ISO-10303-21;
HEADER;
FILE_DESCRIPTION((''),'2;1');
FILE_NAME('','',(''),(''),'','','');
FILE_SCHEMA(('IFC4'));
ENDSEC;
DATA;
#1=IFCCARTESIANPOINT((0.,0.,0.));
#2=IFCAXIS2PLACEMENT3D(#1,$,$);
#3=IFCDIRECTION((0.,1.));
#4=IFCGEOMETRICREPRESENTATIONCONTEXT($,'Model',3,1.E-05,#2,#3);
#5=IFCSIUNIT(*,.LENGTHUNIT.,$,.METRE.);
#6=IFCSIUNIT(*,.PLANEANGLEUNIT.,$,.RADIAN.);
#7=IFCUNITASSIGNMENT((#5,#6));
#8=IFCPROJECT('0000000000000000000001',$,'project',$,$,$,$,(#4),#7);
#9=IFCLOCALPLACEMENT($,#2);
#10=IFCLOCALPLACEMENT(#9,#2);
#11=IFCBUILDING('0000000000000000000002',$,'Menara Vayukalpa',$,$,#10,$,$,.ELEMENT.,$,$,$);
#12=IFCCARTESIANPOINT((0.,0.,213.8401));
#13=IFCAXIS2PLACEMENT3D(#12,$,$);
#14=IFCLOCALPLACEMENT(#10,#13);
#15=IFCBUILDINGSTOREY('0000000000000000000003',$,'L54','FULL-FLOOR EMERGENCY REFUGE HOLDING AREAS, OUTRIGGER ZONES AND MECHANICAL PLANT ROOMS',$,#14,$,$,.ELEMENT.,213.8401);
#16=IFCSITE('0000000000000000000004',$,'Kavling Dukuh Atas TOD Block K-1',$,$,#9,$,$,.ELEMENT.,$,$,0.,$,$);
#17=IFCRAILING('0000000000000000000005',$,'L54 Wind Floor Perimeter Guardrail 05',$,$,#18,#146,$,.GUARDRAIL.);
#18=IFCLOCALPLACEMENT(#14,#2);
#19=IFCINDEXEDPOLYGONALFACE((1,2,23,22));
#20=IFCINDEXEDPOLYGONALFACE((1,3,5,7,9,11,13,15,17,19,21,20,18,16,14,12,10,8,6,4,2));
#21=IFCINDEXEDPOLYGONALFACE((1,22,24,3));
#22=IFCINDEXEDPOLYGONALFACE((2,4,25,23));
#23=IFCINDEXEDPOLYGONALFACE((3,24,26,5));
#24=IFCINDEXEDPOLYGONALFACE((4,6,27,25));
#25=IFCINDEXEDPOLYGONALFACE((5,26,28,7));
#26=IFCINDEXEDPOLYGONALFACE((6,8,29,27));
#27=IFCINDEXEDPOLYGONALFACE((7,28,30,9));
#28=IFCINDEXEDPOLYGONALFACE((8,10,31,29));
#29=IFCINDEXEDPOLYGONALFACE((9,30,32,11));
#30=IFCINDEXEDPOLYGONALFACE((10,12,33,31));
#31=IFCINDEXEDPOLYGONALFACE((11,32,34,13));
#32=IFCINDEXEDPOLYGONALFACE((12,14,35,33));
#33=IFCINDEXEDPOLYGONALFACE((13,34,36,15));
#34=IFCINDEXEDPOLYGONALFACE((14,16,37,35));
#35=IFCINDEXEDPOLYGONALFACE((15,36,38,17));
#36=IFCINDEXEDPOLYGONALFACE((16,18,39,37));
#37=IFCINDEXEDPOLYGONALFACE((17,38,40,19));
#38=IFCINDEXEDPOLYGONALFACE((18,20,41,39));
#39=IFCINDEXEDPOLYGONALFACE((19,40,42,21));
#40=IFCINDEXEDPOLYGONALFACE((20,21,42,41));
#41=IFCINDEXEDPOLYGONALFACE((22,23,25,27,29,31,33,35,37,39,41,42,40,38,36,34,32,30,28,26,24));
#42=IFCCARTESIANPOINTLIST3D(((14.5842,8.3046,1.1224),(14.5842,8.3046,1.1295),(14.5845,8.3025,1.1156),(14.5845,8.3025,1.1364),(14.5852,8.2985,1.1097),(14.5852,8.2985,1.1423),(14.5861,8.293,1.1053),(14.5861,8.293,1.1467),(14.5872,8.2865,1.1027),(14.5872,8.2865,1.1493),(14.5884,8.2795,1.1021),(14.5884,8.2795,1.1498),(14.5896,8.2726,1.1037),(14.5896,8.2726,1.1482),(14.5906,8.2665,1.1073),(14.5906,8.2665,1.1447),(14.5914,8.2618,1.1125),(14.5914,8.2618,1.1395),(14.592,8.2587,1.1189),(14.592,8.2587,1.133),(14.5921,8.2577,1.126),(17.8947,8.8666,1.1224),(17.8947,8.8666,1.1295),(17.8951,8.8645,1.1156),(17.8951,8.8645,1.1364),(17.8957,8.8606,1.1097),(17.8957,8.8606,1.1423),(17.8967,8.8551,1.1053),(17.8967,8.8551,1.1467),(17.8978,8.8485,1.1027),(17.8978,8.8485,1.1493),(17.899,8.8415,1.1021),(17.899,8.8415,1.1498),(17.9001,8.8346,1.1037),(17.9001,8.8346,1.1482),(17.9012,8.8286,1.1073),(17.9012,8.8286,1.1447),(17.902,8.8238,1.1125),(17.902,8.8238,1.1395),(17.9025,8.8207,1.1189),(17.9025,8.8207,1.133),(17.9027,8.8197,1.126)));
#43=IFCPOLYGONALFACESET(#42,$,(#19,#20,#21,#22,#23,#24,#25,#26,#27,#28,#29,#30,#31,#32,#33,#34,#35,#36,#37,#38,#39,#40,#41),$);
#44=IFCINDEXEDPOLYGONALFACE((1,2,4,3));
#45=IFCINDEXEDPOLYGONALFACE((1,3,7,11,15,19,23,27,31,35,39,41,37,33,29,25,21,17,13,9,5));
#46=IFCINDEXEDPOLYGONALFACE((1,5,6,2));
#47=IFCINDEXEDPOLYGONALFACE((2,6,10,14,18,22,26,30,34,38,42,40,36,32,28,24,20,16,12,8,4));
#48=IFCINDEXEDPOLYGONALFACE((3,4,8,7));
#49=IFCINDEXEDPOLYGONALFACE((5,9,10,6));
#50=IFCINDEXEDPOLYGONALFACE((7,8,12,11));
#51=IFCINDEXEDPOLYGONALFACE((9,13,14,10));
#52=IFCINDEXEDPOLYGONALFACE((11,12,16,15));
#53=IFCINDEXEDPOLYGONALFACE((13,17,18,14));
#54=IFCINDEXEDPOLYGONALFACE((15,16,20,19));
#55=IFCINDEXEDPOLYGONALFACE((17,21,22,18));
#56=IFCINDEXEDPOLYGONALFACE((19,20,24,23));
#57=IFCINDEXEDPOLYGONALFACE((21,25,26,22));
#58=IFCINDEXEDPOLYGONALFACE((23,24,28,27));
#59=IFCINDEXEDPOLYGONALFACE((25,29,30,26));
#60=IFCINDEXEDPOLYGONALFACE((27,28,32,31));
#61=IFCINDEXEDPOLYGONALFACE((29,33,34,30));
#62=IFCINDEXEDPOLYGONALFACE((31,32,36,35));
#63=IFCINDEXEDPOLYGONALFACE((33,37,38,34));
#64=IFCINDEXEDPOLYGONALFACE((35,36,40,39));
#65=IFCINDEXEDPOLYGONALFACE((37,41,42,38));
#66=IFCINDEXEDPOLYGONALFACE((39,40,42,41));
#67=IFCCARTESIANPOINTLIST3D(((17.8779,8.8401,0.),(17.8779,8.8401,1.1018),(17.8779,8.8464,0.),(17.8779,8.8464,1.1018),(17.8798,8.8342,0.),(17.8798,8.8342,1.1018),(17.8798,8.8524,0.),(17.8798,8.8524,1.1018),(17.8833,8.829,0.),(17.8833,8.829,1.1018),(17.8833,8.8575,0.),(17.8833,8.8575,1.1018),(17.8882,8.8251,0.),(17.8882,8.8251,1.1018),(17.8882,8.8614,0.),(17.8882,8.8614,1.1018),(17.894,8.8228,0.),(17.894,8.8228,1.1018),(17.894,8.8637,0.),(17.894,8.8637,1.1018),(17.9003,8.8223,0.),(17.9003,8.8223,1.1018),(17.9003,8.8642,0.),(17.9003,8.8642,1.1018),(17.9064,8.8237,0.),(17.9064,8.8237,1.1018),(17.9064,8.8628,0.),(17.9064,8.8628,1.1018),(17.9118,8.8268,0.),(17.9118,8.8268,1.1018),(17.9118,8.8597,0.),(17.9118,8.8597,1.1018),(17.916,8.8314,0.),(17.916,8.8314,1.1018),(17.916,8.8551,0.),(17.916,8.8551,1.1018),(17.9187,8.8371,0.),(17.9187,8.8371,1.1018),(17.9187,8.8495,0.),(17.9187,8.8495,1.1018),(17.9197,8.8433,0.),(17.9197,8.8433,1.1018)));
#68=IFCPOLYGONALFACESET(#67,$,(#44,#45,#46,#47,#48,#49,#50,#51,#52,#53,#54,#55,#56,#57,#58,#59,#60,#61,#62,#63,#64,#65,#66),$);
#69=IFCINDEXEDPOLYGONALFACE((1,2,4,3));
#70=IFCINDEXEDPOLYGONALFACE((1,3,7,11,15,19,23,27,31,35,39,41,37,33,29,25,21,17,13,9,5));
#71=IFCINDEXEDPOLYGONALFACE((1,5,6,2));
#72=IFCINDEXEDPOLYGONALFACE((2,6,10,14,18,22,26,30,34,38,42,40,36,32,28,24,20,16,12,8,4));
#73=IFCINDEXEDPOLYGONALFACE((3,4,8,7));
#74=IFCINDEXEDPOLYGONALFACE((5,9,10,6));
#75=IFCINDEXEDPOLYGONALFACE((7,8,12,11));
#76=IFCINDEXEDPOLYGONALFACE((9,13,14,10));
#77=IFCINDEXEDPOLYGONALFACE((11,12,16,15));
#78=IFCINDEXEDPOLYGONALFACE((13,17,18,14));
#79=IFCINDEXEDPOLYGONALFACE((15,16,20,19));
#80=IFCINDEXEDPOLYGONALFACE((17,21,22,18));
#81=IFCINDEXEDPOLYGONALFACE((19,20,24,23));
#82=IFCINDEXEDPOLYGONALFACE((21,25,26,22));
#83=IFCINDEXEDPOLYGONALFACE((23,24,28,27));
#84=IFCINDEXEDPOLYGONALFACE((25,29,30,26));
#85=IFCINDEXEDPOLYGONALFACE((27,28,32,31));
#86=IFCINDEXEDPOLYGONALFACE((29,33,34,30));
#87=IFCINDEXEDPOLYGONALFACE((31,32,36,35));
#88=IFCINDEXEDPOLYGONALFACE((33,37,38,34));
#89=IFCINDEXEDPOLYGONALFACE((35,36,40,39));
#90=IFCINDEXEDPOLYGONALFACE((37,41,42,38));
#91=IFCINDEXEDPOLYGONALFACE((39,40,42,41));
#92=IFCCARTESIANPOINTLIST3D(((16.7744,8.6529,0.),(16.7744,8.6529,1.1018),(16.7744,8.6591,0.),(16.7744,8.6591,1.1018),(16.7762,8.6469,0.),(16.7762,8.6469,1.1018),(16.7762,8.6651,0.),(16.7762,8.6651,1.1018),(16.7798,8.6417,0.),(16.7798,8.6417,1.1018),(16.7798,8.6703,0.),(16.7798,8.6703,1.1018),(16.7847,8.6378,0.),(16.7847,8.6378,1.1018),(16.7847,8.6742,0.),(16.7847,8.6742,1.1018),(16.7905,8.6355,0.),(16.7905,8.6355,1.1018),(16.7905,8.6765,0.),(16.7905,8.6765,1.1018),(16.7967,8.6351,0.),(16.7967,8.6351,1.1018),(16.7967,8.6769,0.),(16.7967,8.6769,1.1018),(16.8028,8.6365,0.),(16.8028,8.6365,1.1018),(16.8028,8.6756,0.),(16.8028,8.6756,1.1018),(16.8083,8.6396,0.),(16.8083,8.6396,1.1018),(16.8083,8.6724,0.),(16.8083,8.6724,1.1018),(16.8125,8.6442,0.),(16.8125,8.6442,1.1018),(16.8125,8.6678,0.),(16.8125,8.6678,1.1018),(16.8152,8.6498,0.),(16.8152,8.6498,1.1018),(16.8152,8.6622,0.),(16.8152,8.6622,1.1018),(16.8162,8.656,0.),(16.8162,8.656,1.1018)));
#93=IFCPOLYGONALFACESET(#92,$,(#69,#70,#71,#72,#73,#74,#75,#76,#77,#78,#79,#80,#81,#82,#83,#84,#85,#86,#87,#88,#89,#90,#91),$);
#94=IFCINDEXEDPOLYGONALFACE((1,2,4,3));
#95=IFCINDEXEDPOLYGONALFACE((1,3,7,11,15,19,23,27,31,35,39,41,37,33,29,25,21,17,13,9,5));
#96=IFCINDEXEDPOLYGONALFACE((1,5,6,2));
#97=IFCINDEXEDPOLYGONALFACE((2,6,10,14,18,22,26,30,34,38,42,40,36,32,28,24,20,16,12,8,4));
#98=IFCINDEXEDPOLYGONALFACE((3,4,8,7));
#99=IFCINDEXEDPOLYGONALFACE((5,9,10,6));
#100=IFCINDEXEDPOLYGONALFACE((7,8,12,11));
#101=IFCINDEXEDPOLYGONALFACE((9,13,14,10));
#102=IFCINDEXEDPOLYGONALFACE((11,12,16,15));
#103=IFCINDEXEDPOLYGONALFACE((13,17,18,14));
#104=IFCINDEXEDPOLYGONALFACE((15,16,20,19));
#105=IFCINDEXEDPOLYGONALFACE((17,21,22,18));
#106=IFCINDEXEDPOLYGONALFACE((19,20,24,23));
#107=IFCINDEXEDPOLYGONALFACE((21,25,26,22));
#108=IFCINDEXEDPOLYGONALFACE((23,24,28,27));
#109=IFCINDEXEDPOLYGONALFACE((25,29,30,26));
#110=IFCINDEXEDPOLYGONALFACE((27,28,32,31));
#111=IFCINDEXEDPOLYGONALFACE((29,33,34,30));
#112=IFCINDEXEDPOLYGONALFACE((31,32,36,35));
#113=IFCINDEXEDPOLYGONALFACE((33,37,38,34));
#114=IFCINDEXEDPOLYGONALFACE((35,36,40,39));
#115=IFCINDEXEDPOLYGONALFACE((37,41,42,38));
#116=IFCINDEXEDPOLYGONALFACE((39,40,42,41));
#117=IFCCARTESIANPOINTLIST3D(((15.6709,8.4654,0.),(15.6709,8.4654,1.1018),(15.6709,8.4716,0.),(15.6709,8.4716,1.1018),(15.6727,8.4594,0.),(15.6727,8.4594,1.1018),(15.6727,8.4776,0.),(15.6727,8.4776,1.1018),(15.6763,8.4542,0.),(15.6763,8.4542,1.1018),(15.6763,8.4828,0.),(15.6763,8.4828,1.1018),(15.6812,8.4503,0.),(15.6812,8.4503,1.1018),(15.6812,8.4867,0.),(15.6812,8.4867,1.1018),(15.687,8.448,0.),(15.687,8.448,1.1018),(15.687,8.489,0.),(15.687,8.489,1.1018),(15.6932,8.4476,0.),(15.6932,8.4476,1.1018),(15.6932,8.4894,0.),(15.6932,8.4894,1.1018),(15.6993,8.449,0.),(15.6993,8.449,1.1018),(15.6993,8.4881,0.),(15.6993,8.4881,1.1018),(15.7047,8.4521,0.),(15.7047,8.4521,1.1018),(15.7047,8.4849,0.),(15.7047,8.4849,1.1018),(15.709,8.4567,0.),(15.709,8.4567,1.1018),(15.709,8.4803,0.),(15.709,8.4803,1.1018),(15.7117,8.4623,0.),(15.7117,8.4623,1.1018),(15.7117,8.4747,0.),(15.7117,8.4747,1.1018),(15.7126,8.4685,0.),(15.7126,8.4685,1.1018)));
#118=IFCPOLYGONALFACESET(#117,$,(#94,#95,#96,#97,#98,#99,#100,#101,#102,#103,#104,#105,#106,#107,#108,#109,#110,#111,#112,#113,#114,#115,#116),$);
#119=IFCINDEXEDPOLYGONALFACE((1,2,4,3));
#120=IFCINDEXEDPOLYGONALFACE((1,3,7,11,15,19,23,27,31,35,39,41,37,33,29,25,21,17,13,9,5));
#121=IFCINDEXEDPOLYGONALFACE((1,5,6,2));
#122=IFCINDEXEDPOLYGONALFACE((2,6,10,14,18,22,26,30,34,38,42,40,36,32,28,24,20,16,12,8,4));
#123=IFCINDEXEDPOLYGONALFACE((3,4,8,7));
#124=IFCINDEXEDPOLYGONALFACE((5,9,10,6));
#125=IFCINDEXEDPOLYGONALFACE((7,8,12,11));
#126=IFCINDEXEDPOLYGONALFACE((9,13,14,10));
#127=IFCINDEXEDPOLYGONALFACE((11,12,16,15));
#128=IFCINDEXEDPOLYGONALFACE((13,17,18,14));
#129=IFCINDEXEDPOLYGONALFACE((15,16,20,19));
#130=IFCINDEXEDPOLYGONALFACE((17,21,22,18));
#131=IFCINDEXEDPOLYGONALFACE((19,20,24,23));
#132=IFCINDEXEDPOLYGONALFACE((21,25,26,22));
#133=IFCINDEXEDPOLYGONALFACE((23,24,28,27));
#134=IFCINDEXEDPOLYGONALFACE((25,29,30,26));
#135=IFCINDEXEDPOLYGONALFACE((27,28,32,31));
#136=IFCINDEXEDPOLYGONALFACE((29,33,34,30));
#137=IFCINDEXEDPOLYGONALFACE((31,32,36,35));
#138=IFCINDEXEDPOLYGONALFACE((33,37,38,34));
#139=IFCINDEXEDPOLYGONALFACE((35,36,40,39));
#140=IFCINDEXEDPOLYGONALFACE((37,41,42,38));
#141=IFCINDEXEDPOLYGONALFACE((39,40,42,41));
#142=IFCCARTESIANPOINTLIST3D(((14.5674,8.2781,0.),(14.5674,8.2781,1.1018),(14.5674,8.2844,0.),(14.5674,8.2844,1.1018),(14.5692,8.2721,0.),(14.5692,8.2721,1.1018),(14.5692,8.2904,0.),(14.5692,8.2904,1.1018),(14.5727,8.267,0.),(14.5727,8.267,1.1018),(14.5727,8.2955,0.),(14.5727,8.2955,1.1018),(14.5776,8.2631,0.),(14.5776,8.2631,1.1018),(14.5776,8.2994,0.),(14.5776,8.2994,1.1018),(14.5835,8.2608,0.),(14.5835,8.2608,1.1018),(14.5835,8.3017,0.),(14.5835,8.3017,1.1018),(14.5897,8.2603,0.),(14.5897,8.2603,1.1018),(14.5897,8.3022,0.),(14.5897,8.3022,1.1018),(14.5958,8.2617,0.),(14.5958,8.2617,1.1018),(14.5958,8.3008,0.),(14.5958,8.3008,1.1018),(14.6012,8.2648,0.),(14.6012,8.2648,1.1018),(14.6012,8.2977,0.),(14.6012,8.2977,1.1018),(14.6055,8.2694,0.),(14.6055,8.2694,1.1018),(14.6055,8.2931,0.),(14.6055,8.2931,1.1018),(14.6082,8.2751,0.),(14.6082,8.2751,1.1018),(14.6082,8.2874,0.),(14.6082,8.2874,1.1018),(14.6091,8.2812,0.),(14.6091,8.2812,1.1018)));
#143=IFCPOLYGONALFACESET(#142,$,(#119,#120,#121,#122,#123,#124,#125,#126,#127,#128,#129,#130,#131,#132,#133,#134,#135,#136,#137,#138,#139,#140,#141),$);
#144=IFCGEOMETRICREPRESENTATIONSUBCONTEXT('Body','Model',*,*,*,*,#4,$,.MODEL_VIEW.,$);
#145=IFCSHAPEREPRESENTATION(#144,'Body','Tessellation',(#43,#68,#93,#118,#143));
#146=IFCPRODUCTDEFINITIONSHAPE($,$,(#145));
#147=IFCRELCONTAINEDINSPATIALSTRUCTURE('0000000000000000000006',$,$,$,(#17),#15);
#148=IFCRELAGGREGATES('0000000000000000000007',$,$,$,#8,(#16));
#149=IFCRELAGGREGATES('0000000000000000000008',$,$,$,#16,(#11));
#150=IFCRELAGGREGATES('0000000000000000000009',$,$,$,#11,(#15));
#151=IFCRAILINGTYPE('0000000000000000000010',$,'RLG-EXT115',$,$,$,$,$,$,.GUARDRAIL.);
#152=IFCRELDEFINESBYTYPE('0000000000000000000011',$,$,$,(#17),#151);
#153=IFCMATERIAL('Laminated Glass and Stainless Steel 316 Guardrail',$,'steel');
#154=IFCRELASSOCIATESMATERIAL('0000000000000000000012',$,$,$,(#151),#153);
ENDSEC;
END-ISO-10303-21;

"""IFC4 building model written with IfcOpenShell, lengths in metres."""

from ifc_helpers import new_model, si_unit, direction, frame, origin, origin_2d, place, context, subcontext, project, spatial, circle, extrude, material, type_object, element, save


model = new_model("IFC4")

# Units and contexts
model_context = context("Model", 3, precision=1e-05, world=origin(), true_north=direction((0.0, 1.0)))
body_context = subcontext(model_context, "Body", "Model", "MODEL_VIEW")
ifc_project = project(units=[si_unit("LENGTHUNIT", "METRE"), si_unit("PLANEANGLEUNIT", "RADIAN")], contexts=[model_context])

# Site, building, storey
site_placement = place(None, origin())
site = spatial("IfcSite", under=ifc_project, at=site_placement, Name="Kavling Dukuh Atas TOD Block K-1", CompositionType="ELEMENT", RefElevation=0.0)
building_placement = place(site_placement, origin())
building = spatial("IfcBuilding", under=site, at=building_placement, Name="Menara Vayukalpa", CompositionType="ELEMENT")
storey_placement = place(building_placement, frame((0.0, 0.0, 213.8401)))
storey = spatial("IfcBuildingStorey", under=building, at=storey_placement, Name="L54", Description="FULL-FLOOR EMERGENCY REFUGE HOLDING AREAS, OUTRIGGER ZONES AND MECHANICAL PLANT ROOMS", CompositionType="ELEMENT", Elevation=213.8401)

# Railing
ifc_material_1 = material(Name="Laminated Glass and Stainless Steel 316 Guardrail", Category="steel")
railing_type_1 = type_object("IfcRailingType", Name="RLG-EXT115", PredefinedType="GUARDRAIL", material=ifc_material_1)
railing_1_placement = place(storey_placement, frame((17.8987, 8.8433, 0.0)))
element("IfcRailing", 1, at=railing_1_placement, inside=storey, type_object=railing_type_1, Name="L54 Wind Floor Perimeter Guardrail 05", PredefinedType="GUARDRAIL", context=body_context, shape_type="SweptSolid", body=[
    extrude(circle(Radius=0.0239, at=origin_2d()), frame((0.0, 0.0, 1.126), z_axis=(-0.985894, -0.167369, 0.0), x_axis=(0.167369, -0.985894, 0.0)), (0.0, 0.0, 1.0), 3.3579),
    extrude(circle(Radius=0.021, at=origin_2d()), origin(), (0.0, 0.0, 1.0), 1.1018),
    extrude(circle(Radius=0.021, at=origin_2d()), frame((-1.1035, -0.1873, 0.0)), (0.0, 0.0, 1.0), 1.1018),
    extrude(circle(Radius=0.021, at=origin_2d()), frame((-2.207, -0.3748, 0.0)), (0.0, 0.0, 1.0), 1.1018),
    extrude(circle(Radius=0.021, at=origin_2d()), frame((-3.3105, -0.562, 0.0)), (0.0, 0.0, 1.0), 1.1018),
])

save(model, "model.ifc")
